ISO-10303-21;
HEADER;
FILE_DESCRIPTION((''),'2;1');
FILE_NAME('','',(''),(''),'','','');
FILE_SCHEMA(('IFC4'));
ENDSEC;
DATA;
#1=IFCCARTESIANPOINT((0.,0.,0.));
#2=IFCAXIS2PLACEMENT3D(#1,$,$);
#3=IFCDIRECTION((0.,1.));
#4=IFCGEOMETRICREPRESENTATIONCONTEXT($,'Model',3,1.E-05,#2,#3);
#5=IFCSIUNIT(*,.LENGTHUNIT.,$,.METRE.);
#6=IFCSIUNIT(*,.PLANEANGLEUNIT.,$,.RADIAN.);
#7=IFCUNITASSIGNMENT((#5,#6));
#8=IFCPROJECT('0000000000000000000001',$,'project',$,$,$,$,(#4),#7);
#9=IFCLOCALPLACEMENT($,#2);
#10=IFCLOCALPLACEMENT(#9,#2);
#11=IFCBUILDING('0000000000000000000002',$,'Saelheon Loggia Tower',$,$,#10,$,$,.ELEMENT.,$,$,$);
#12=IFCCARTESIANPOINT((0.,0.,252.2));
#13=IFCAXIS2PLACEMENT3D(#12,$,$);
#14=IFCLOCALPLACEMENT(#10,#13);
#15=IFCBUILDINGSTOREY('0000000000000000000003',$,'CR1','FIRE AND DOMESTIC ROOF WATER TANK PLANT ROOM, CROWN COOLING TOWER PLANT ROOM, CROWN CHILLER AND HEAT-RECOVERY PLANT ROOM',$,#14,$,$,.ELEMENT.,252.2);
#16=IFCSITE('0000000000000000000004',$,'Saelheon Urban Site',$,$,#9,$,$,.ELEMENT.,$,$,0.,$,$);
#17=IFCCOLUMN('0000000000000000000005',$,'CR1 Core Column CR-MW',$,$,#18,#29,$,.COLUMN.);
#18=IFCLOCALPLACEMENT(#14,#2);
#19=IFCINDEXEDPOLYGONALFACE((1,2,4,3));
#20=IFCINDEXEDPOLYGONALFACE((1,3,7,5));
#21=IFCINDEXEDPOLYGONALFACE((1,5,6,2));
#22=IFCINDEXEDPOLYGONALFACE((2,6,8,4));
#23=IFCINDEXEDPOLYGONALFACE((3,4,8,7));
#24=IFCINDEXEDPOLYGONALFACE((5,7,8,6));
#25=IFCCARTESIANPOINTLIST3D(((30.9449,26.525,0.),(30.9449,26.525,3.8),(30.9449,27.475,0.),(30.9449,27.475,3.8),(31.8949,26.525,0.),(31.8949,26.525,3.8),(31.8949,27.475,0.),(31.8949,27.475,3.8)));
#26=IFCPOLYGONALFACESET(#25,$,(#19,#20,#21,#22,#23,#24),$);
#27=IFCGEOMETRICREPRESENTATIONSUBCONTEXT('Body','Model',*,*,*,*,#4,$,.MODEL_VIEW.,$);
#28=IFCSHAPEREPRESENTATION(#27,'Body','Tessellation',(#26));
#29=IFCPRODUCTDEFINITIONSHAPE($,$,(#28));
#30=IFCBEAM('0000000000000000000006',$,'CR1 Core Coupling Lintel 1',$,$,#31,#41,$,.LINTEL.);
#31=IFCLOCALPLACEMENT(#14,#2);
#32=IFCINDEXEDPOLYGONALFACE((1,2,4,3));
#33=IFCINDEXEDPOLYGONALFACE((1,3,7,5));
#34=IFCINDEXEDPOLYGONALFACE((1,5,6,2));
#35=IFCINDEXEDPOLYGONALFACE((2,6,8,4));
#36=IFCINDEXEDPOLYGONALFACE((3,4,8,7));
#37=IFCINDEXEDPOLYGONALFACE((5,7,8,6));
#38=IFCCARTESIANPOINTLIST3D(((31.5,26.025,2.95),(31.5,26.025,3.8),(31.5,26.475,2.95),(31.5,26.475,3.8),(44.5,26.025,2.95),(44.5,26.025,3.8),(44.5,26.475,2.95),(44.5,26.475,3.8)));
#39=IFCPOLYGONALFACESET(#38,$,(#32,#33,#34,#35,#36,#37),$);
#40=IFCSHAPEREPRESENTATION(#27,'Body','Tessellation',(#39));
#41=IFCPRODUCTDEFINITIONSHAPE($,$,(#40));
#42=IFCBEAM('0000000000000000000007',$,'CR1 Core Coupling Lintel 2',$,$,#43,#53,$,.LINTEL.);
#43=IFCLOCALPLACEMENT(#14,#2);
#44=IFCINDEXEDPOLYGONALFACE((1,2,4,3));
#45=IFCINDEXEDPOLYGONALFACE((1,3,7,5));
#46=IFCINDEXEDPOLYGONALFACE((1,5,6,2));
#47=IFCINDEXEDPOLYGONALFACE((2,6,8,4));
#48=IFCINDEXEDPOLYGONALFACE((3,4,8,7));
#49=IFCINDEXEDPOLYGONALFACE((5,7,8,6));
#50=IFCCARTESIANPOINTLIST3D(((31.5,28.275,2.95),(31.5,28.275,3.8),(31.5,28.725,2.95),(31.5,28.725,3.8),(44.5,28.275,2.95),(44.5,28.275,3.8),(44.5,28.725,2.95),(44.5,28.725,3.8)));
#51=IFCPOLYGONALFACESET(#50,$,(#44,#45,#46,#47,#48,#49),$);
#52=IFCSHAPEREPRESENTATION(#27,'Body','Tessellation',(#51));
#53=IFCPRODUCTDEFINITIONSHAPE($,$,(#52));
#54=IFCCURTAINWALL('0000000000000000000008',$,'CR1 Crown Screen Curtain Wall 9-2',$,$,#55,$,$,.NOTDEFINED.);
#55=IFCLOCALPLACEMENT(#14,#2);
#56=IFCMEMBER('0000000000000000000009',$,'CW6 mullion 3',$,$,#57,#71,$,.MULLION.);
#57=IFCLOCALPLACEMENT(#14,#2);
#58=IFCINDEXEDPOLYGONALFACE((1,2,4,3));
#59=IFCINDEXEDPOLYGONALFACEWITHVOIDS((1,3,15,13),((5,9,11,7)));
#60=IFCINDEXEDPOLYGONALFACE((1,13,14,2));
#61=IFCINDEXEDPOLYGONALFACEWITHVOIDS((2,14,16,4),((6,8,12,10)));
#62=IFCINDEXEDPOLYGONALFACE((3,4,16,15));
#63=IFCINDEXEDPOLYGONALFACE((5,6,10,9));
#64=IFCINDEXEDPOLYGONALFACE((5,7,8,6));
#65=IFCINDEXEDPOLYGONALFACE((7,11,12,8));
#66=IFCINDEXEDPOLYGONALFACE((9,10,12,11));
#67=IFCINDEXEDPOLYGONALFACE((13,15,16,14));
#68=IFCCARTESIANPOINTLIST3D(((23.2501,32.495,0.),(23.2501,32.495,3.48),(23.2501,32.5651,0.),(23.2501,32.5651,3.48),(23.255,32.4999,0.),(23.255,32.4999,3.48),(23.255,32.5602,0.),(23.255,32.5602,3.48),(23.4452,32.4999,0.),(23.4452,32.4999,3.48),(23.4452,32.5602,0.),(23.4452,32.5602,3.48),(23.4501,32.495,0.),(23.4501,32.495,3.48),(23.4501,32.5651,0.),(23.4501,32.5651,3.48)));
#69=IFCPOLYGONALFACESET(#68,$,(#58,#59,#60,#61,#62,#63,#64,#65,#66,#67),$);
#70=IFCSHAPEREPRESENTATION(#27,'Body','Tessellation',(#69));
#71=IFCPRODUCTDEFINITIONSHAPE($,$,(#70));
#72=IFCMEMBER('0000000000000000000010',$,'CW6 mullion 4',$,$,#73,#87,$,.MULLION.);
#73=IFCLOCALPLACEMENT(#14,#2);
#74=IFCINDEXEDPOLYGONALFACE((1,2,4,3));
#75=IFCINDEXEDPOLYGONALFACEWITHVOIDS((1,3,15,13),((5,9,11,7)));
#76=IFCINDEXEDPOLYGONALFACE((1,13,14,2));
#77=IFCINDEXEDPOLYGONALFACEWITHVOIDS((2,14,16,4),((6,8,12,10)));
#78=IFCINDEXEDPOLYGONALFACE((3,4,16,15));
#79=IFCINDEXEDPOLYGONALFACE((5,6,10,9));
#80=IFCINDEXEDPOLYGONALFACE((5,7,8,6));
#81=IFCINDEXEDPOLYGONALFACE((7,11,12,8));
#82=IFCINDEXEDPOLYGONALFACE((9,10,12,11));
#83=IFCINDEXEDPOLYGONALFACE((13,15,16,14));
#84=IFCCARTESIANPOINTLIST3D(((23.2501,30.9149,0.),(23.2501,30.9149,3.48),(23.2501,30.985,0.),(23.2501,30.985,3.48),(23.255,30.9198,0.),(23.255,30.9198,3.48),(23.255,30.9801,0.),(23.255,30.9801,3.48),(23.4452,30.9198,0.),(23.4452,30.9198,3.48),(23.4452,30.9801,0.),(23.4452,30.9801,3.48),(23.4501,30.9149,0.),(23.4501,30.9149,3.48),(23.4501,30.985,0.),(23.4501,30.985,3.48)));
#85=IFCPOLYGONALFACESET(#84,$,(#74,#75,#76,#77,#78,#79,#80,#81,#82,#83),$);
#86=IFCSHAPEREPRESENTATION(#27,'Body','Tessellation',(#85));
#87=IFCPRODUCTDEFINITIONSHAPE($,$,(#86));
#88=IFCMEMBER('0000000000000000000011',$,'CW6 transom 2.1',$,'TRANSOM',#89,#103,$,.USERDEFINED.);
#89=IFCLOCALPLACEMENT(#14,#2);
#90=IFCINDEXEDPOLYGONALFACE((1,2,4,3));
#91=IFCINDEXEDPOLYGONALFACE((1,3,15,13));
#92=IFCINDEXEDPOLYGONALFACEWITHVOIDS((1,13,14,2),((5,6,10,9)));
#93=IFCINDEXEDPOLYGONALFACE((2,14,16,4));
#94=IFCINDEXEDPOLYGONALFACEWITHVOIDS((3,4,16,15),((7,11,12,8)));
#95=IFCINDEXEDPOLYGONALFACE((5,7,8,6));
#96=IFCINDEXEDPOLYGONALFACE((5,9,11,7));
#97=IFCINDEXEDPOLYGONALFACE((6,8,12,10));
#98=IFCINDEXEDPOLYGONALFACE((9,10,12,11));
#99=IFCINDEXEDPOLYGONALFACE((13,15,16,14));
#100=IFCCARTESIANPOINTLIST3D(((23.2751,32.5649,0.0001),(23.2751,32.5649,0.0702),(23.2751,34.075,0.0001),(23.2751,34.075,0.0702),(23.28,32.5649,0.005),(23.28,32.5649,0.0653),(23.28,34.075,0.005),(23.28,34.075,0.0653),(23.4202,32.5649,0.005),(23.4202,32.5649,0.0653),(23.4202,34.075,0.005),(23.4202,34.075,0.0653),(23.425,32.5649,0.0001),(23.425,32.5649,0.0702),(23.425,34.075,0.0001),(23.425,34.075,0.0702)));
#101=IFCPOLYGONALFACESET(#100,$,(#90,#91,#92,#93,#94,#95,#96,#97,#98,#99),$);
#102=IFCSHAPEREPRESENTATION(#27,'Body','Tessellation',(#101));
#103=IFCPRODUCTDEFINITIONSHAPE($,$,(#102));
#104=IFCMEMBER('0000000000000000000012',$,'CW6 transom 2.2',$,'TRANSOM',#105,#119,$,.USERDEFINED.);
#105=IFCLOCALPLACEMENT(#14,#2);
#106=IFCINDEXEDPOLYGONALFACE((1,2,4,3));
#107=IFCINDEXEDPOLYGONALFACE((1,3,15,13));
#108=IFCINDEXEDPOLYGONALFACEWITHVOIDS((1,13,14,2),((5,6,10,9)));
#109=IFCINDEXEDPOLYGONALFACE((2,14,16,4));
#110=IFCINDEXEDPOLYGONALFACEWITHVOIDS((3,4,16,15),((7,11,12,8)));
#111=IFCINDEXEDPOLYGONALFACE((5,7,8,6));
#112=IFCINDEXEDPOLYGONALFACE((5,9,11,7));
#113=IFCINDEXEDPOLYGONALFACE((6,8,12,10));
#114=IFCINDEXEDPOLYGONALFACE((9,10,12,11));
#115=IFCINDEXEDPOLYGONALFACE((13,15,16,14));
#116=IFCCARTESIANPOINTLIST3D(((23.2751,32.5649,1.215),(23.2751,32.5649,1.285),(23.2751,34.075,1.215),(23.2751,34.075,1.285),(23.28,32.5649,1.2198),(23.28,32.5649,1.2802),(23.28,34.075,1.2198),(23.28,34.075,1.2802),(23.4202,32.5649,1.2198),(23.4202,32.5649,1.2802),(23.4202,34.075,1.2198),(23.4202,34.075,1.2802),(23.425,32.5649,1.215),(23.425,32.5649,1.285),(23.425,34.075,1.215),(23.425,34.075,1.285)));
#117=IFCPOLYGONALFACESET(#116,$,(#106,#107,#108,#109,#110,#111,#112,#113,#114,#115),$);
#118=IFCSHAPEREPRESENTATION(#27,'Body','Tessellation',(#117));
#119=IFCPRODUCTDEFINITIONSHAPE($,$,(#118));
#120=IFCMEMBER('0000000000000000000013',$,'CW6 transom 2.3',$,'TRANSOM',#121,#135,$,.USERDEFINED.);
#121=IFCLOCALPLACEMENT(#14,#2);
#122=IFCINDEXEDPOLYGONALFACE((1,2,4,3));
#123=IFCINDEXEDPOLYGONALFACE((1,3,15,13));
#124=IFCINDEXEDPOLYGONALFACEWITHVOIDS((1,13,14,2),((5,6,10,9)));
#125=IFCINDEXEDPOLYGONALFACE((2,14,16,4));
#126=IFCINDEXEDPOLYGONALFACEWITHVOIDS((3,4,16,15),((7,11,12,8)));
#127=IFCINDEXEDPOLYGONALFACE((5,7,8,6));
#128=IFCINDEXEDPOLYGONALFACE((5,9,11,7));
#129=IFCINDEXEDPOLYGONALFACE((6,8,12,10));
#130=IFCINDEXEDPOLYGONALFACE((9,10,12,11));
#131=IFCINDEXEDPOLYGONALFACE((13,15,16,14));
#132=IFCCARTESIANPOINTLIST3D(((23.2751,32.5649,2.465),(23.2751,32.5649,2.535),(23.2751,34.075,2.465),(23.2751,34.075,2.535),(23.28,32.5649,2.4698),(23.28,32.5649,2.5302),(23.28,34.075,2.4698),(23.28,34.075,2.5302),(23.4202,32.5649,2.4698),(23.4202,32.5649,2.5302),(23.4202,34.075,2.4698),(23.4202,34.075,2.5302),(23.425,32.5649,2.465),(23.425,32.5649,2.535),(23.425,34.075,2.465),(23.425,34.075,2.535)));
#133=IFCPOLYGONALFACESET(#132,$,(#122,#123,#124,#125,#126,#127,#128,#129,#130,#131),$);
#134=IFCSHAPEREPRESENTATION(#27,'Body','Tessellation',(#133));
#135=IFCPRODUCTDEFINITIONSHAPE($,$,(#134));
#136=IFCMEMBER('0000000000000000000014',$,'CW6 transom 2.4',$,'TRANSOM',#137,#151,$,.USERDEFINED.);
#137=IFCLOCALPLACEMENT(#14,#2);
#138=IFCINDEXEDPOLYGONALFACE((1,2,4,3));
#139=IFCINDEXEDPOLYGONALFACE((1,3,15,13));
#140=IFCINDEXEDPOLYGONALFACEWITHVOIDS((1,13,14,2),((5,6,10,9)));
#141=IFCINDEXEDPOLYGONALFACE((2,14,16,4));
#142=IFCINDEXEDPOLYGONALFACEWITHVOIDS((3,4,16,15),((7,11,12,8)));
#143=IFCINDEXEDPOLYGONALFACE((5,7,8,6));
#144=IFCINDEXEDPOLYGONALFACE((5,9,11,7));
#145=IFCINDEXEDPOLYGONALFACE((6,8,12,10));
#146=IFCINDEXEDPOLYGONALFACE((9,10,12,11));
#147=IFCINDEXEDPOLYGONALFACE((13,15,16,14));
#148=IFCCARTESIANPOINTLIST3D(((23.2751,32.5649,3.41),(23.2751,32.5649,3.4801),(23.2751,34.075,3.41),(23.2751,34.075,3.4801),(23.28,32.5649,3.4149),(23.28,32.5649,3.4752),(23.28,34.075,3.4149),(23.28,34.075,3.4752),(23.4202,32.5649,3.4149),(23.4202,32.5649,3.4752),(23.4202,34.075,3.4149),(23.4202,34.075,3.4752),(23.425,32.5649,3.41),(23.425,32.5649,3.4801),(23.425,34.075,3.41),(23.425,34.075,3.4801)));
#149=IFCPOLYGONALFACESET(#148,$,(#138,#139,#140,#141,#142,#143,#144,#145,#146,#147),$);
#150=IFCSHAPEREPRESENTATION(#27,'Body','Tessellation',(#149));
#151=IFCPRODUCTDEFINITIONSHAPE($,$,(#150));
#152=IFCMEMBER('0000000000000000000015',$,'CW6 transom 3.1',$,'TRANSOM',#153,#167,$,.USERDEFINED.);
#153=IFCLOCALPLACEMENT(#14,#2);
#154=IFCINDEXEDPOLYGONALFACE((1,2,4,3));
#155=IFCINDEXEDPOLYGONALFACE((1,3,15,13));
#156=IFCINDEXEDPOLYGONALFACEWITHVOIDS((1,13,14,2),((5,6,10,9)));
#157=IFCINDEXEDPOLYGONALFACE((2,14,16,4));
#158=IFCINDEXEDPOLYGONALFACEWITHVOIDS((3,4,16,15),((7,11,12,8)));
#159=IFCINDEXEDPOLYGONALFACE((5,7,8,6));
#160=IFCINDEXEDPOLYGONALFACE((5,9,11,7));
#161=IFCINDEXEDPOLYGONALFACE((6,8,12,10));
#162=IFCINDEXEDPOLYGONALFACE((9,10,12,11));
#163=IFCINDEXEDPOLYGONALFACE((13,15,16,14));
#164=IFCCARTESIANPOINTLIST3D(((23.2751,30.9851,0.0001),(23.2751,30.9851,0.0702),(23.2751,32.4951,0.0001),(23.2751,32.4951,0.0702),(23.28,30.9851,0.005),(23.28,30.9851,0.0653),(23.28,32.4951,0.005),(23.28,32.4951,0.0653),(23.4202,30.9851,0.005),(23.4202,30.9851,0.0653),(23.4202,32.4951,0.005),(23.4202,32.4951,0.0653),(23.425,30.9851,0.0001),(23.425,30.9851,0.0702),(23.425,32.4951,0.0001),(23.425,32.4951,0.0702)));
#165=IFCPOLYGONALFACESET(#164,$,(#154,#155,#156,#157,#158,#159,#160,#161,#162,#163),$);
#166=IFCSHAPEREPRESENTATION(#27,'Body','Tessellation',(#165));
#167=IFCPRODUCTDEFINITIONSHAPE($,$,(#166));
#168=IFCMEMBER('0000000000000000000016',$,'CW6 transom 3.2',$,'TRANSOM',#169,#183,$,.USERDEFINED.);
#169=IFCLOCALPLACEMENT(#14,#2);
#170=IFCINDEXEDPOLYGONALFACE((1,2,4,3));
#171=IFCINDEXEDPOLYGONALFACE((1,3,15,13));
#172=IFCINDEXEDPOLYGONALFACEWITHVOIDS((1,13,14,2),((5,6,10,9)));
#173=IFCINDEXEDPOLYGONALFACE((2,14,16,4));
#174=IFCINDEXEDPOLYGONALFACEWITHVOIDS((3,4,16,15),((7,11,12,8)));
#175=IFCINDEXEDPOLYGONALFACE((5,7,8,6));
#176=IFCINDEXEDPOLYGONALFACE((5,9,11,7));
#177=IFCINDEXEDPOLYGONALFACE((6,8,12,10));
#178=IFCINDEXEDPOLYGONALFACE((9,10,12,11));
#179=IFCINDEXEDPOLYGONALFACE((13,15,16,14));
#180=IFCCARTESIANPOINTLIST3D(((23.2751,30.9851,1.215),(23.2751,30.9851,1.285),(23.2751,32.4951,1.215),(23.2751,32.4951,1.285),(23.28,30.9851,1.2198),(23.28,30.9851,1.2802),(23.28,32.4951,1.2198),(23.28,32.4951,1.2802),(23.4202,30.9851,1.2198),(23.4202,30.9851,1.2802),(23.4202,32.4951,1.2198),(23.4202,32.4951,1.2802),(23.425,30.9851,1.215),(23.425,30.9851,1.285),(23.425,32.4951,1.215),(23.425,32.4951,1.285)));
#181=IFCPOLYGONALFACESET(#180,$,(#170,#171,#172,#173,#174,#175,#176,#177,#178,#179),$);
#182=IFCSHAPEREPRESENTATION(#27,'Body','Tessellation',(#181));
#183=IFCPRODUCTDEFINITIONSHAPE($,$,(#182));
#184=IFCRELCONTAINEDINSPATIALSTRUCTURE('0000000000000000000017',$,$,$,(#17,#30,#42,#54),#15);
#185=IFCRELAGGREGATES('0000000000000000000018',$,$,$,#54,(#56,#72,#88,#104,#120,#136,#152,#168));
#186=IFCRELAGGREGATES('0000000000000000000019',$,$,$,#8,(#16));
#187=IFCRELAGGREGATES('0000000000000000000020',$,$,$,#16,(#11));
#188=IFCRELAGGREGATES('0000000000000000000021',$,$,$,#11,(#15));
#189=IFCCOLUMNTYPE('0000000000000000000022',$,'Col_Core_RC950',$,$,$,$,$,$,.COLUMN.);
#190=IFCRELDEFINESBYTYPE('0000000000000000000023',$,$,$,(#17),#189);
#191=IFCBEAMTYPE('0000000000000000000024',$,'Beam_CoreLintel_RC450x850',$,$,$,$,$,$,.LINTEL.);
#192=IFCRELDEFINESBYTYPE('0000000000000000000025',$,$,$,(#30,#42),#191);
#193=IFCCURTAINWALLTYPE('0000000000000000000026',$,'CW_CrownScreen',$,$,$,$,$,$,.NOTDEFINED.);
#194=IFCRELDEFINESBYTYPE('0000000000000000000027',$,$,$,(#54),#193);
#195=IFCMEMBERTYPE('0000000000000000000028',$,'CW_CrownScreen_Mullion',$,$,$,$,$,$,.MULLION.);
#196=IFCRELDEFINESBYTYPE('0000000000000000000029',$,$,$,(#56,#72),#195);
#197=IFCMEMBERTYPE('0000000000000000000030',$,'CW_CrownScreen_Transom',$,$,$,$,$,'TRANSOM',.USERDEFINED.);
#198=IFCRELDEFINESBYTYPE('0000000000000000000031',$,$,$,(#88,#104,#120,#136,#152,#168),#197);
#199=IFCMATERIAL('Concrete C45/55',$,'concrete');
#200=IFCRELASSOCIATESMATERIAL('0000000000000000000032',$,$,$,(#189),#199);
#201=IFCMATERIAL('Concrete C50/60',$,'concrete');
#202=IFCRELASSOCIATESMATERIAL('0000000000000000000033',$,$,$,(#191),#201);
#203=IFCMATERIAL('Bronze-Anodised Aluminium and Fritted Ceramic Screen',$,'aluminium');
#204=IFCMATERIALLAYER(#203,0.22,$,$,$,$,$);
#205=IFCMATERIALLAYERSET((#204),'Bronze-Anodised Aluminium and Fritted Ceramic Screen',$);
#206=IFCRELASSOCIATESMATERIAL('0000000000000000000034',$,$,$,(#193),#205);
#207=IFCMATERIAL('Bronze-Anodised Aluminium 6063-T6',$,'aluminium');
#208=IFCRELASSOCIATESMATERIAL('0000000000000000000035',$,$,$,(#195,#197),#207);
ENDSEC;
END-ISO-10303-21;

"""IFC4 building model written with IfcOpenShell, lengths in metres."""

from ifc_helpers import new_model, si_unit, direction, frame, origin, origin_2d, place, context, subcontext, project, spatial, rectangle, hollow_rectangle, extrude, source, transform, mapped, material, layer, layer_set, material_profile, profile_set, type_object, element, aggregate, save


model = new_model("IFC4")

# Units and contexts
model_context = context("Model", 3, precision=1e-05, world=origin(), true_north=direction((0.0, 1.0)))
body_context = subcontext(model_context, "Body", "Model", "MODEL_VIEW")
ifc_project = project(units=[si_unit("LENGTHUNIT", "METRE"), si_unit("PLANEANGLEUNIT", "RADIAN")], contexts=[model_context])

# Site, building, storey
site_placement = place(None, origin())
site = spatial("IfcSite", under=ifc_project, at=site_placement, Name="Saelheon Urban Site", CompositionType="ELEMENT", RefElevation=0.0)
building_placement = place(site_placement, origin())
building = spatial("IfcBuilding", under=site, at=building_placement, Name="Saelheon Loggia Tower", CompositionType="ELEMENT")
storey_placement = place(building_placement, frame((0.0, 0.0, 252.2)))
storey = spatial("IfcBuildingStorey", under=building, at=storey_placement, Name="CR1", Description="FIRE AND DOMESTIC ROOF WATER TANK PLANT ROOM, CROWN COOLING TOWER PLANT ROOM, CROWN CHILLER AND HEAT-RECOVERY PLANT ROOM", CompositionType="ELEMENT", Elevation=252.2)

# Column
ifc_material_1 = material(Name="Concrete C45/55", Category="concrete")
ifc_material_profile_1 = material_profile(ifc_material_1, rectangle(XDim=0.95, YDim=0.95, at=origin_2d()), Name="RC-950x950")
ifc_profile_set_1 = profile_set([ifc_material_profile_1], Name="Concrete C45/55")
column_type = type_object("IfcColumnType", Name="Col_Core_RC950", PredefinedType="COLUMN", material=ifc_profile_set_1)
shared_shape_1 = source(origin(), body_context, "Body", "SweptSolid", [
    extrude(rectangle(XDim=0.95, YDim=0.95, at=origin_2d()), origin(), (0.0, 0.0, 1.0), 3.8),
])
column_placement = place(storey_placement, frame((31.4199, 27.0, 0.0), z_axis=(0.0, 0.0, 1.0), x_axis=(1.0, 0.0, 0.0)))
element("IfcColumn", 1, at=column_placement, inside=storey, type_object=column_type, Name="CR1 Core Column CR-MW", PredefinedType="COLUMN", context=body_context, shape_type="MappedRepresentation", body=[
    mapped(shared_shape_1, transform((0.0, 0.0, 0.0), scale=1.0)),
])

# Beams
ifc_material_2 = material(Name="Concrete C50/60", Category="concrete")
ifc_material_profile_2 = material_profile(ifc_material_2, rectangle(XDim=0.45, YDim=0.8501, at=origin_2d()), Name="RC-450x850")
ifc_profile_set_2 = profile_set([ifc_material_profile_2], Name="Concrete C50/60")
beam_type = type_object("IfcBeamType", Name="Beam_CoreLintel_RC450x850", PredefinedType="LINTEL", material=ifc_profile_set_2)
shared_shape_2 = source(origin(), body_context, "Body", "SweptSolid", [
    extrude(rectangle(XDim=0.45, YDim=0.8501, at=origin_2d()), origin(), (0.0, 0.0, 1.0), 13.0),
])
for number, where, z_axis, x_axis, name in (
    (2, (31.5, 26.25, 3.375), (1.0, 0.0, 0.0), (0.0, 1.0, 0.0), "CR1 Core Coupling Lintel 1"),
    (3, (31.5, 28.5, 3.375), (1.0, 0.0, 0.0), (0.0, 1.0, 0.0), "CR1 Core Coupling Lintel 2"),
):
    element("IfcBeam", number, at=place(storey_placement, frame(where, z_axis=z_axis, x_axis=x_axis)), inside=storey, type_object=beam_type, Name=name, PredefinedType="LINTEL", context=body_context, shape_type="MappedRepresentation", body=[
        mapped(shared_shape_2, transform((0.0, 0.0, 0.0), scale=1.0)),
    ])

# Curtain wall, members
ifc_material_3 = material(Name="Bronze-Anodised Aluminium and Fritted Ceramic Screen", Category="aluminium")
ifc_layer_1 = layer(ifc_material_3, 0.22)
ifc_layer_set_1 = layer_set([ifc_layer_1], Name="Bronze-Anodised Aluminium and Fritted Ceramic Screen")
curtain_wall_type = type_object("IfcCurtainWallType", Name="CW_CrownScreen", PredefinedType="NOTDEFINED", material=ifc_layer_set_1)
curtain_wall_placement = place(storey_placement, origin())
curtain_wall = element("IfcCurtainWall", 4, at=curtain_wall_placement, inside=storey, type_object=curtain_wall_type, Name="CR1 Crown Screen Curtain Wall 9-2", PredefinedType="NOTDEFINED")
ifc_material_4 = material(Name="Bronze-Anodised Aluminium 6063-T6", Category="aluminium")
ifc_material_profile_3 = material_profile(ifc_material_4, hollow_rectangle(XDim=0.0701, YDim=0.2, WallThickness=0.0049, at=origin_2d()), Name="RHS-200x70x5")
ifc_profile_set_3 = profile_set([ifc_material_profile_3], Name="Bronze-Anodised Aluminium 6063-T6")
member_type_1 = type_object("IfcMemberType", Name="CW_CrownScreen_Mullion", PredefinedType="MULLION", material=ifc_profile_set_3)
shared_shape_3 = source(origin(), body_context, "Body", "SweptSolid", [
    extrude(hollow_rectangle(XDim=0.0701, YDim=0.2, WallThickness=0.0049, at=origin_2d()), origin(), (0.0, 0.0, 1.0), 3.48),
])
member_1_placement = place(storey_placement, frame((23.3501, 32.53, 0.0), z_axis=(0.0, 0.0, 1.0), x_axis=(0.0, -1.0, 0.0)))
member_1 = element("IfcMember", 5, at=member_1_placement, type_object=member_type_1, Name="CW6 mullion 3", PredefinedType="MULLION", context=body_context, shape_type="MappedRepresentation", body=[
    mapped(shared_shape_3, transform((0.0, 0.0, 0.0), scale=1.0)),
])
member_2_placement = place(storey_placement, frame((23.3501, 30.95, 0.0), z_axis=(0.0, 0.0, 1.0), x_axis=(0.0, -1.0, 0.0)))
member_2 = element("IfcMember", 6, at=member_2_placement, type_object=member_type_1, Name="CW6 mullion 4", PredefinedType="MULLION", context=body_context, shape_type="MappedRepresentation", body=[
    mapped(shared_shape_3, transform((0.0, 0.0, 0.0), scale=1.0)),
])
ifc_material_profile_4 = material_profile(ifc_material_4, hollow_rectangle(XDim=0.0701, YDim=0.1499, WallThickness=0.0049, at=origin_2d()), Name="RHS-150x70x5")
ifc_profile_set_4 = profile_set([ifc_material_profile_4], Name="Bronze-Anodised Aluminium 6063-T6")
member_type_2 = type_object("IfcMemberType", Name="CW_CrownScreen_Transom", ElementType="TRANSOM", PredefinedType="USERDEFINED", material=ifc_profile_set_4)
shared_shape_4 = source(origin(), body_context, "Body", "SweptSolid", [
    extrude(hollow_rectangle(XDim=0.0701, YDim=0.1499, WallThickness=0.0049, at=origin_2d()), origin(), (0.0, 0.0, 1.0), 1.51),
])
member_3_placement = place(storey_placement, frame((23.3501, 34.075, 0.0352), z_axis=(0.0, -1.0, 0.0), x_axis=(0.0, 0.0, 1.0)))
member_3 = element("IfcMember", 7, at=member_3_placement, type_object=member_type_2, Name="CW6 transom 2.1", ObjectType="TRANSOM", PredefinedType="USERDEFINED", context=body_context, shape_type="MappedRepresentation", body=[
    mapped(shared_shape_4, transform((0.0, 0.0, 0.0), scale=1.0)),
])
member_4_placement = place(storey_placement, frame((23.3501, 34.075, 1.25), z_axis=(0.0, -1.0, 0.0), x_axis=(0.0, 0.0, 1.0)))
member_4 = element("IfcMember", 8, at=member_4_placement, type_object=member_type_2, Name="CW6 transom 2.2", ObjectType="TRANSOM", PredefinedType="USERDEFINED", context=body_context, shape_type="MappedRepresentation", body=[
    mapped(shared_shape_4, transform((0.0, 0.0, 0.0), scale=1.0)),
])
member_5_placement = place(storey_placement, frame((23.3501, 34.075, 2.5), z_axis=(0.0, -1.0, 0.0), x_axis=(0.0, 0.0, 1.0)))
member_5 = element("IfcMember", 9, at=member_5_placement, type_object=member_type_2, Name="CW6 transom 2.3", ObjectType="TRANSOM", PredefinedType="USERDEFINED", context=body_context, shape_type="MappedRepresentation", body=[
    mapped(shared_shape_4, transform((0.0, 0.0, 0.0), scale=1.0)),
])
member_6_placement = place(storey_placement, frame((23.3501, 34.075, 3.4451), z_axis=(0.0, -1.0, 0.0), x_axis=(0.0, 0.0, 1.0)))
member_6 = element("IfcMember", 10, at=member_6_placement, type_object=member_type_2, Name="CW6 transom 2.4", ObjectType="TRANSOM", PredefinedType="USERDEFINED", context=body_context, shape_type="MappedRepresentation", body=[
    mapped(shared_shape_4, transform((0.0, 0.0, 0.0), scale=1.0)),
])
member_7_placement = place(storey_placement, frame((23.3501, 32.4951, 0.0352), z_axis=(0.0, -1.0, 0.0), x_axis=(0.0, 0.0, 1.0)))
member_7 = element("IfcMember", 11, at=member_7_placement, type_object=member_type_2, Name="CW6 transom 3.1", ObjectType="TRANSOM", PredefinedType="USERDEFINED", context=body_context, shape_type="MappedRepresentation", body=[
    mapped(shared_shape_4, transform((0.0, 0.0, 0.0), scale=1.0)),
])
member_8_placement = place(storey_placement, frame((23.3501, 32.4951, 1.25), z_axis=(0.0, -1.0, 0.0), x_axis=(0.0, 0.0, 1.0)))
member_8 = element("IfcMember", 12, at=member_8_placement, type_object=member_type_2, Name="CW6 transom 3.2", ObjectType="TRANSOM", PredefinedType="USERDEFINED", context=body_context, shape_type="MappedRepresentation", body=[
    mapped(shared_shape_4, transform((0.0, 0.0, 0.0), scale=1.0)),
])
aggregate(curtain_wall, [member_1, member_2, member_3, member_4, member_5, member_6, member_7, member_8])

save(model, "model.ifc")
